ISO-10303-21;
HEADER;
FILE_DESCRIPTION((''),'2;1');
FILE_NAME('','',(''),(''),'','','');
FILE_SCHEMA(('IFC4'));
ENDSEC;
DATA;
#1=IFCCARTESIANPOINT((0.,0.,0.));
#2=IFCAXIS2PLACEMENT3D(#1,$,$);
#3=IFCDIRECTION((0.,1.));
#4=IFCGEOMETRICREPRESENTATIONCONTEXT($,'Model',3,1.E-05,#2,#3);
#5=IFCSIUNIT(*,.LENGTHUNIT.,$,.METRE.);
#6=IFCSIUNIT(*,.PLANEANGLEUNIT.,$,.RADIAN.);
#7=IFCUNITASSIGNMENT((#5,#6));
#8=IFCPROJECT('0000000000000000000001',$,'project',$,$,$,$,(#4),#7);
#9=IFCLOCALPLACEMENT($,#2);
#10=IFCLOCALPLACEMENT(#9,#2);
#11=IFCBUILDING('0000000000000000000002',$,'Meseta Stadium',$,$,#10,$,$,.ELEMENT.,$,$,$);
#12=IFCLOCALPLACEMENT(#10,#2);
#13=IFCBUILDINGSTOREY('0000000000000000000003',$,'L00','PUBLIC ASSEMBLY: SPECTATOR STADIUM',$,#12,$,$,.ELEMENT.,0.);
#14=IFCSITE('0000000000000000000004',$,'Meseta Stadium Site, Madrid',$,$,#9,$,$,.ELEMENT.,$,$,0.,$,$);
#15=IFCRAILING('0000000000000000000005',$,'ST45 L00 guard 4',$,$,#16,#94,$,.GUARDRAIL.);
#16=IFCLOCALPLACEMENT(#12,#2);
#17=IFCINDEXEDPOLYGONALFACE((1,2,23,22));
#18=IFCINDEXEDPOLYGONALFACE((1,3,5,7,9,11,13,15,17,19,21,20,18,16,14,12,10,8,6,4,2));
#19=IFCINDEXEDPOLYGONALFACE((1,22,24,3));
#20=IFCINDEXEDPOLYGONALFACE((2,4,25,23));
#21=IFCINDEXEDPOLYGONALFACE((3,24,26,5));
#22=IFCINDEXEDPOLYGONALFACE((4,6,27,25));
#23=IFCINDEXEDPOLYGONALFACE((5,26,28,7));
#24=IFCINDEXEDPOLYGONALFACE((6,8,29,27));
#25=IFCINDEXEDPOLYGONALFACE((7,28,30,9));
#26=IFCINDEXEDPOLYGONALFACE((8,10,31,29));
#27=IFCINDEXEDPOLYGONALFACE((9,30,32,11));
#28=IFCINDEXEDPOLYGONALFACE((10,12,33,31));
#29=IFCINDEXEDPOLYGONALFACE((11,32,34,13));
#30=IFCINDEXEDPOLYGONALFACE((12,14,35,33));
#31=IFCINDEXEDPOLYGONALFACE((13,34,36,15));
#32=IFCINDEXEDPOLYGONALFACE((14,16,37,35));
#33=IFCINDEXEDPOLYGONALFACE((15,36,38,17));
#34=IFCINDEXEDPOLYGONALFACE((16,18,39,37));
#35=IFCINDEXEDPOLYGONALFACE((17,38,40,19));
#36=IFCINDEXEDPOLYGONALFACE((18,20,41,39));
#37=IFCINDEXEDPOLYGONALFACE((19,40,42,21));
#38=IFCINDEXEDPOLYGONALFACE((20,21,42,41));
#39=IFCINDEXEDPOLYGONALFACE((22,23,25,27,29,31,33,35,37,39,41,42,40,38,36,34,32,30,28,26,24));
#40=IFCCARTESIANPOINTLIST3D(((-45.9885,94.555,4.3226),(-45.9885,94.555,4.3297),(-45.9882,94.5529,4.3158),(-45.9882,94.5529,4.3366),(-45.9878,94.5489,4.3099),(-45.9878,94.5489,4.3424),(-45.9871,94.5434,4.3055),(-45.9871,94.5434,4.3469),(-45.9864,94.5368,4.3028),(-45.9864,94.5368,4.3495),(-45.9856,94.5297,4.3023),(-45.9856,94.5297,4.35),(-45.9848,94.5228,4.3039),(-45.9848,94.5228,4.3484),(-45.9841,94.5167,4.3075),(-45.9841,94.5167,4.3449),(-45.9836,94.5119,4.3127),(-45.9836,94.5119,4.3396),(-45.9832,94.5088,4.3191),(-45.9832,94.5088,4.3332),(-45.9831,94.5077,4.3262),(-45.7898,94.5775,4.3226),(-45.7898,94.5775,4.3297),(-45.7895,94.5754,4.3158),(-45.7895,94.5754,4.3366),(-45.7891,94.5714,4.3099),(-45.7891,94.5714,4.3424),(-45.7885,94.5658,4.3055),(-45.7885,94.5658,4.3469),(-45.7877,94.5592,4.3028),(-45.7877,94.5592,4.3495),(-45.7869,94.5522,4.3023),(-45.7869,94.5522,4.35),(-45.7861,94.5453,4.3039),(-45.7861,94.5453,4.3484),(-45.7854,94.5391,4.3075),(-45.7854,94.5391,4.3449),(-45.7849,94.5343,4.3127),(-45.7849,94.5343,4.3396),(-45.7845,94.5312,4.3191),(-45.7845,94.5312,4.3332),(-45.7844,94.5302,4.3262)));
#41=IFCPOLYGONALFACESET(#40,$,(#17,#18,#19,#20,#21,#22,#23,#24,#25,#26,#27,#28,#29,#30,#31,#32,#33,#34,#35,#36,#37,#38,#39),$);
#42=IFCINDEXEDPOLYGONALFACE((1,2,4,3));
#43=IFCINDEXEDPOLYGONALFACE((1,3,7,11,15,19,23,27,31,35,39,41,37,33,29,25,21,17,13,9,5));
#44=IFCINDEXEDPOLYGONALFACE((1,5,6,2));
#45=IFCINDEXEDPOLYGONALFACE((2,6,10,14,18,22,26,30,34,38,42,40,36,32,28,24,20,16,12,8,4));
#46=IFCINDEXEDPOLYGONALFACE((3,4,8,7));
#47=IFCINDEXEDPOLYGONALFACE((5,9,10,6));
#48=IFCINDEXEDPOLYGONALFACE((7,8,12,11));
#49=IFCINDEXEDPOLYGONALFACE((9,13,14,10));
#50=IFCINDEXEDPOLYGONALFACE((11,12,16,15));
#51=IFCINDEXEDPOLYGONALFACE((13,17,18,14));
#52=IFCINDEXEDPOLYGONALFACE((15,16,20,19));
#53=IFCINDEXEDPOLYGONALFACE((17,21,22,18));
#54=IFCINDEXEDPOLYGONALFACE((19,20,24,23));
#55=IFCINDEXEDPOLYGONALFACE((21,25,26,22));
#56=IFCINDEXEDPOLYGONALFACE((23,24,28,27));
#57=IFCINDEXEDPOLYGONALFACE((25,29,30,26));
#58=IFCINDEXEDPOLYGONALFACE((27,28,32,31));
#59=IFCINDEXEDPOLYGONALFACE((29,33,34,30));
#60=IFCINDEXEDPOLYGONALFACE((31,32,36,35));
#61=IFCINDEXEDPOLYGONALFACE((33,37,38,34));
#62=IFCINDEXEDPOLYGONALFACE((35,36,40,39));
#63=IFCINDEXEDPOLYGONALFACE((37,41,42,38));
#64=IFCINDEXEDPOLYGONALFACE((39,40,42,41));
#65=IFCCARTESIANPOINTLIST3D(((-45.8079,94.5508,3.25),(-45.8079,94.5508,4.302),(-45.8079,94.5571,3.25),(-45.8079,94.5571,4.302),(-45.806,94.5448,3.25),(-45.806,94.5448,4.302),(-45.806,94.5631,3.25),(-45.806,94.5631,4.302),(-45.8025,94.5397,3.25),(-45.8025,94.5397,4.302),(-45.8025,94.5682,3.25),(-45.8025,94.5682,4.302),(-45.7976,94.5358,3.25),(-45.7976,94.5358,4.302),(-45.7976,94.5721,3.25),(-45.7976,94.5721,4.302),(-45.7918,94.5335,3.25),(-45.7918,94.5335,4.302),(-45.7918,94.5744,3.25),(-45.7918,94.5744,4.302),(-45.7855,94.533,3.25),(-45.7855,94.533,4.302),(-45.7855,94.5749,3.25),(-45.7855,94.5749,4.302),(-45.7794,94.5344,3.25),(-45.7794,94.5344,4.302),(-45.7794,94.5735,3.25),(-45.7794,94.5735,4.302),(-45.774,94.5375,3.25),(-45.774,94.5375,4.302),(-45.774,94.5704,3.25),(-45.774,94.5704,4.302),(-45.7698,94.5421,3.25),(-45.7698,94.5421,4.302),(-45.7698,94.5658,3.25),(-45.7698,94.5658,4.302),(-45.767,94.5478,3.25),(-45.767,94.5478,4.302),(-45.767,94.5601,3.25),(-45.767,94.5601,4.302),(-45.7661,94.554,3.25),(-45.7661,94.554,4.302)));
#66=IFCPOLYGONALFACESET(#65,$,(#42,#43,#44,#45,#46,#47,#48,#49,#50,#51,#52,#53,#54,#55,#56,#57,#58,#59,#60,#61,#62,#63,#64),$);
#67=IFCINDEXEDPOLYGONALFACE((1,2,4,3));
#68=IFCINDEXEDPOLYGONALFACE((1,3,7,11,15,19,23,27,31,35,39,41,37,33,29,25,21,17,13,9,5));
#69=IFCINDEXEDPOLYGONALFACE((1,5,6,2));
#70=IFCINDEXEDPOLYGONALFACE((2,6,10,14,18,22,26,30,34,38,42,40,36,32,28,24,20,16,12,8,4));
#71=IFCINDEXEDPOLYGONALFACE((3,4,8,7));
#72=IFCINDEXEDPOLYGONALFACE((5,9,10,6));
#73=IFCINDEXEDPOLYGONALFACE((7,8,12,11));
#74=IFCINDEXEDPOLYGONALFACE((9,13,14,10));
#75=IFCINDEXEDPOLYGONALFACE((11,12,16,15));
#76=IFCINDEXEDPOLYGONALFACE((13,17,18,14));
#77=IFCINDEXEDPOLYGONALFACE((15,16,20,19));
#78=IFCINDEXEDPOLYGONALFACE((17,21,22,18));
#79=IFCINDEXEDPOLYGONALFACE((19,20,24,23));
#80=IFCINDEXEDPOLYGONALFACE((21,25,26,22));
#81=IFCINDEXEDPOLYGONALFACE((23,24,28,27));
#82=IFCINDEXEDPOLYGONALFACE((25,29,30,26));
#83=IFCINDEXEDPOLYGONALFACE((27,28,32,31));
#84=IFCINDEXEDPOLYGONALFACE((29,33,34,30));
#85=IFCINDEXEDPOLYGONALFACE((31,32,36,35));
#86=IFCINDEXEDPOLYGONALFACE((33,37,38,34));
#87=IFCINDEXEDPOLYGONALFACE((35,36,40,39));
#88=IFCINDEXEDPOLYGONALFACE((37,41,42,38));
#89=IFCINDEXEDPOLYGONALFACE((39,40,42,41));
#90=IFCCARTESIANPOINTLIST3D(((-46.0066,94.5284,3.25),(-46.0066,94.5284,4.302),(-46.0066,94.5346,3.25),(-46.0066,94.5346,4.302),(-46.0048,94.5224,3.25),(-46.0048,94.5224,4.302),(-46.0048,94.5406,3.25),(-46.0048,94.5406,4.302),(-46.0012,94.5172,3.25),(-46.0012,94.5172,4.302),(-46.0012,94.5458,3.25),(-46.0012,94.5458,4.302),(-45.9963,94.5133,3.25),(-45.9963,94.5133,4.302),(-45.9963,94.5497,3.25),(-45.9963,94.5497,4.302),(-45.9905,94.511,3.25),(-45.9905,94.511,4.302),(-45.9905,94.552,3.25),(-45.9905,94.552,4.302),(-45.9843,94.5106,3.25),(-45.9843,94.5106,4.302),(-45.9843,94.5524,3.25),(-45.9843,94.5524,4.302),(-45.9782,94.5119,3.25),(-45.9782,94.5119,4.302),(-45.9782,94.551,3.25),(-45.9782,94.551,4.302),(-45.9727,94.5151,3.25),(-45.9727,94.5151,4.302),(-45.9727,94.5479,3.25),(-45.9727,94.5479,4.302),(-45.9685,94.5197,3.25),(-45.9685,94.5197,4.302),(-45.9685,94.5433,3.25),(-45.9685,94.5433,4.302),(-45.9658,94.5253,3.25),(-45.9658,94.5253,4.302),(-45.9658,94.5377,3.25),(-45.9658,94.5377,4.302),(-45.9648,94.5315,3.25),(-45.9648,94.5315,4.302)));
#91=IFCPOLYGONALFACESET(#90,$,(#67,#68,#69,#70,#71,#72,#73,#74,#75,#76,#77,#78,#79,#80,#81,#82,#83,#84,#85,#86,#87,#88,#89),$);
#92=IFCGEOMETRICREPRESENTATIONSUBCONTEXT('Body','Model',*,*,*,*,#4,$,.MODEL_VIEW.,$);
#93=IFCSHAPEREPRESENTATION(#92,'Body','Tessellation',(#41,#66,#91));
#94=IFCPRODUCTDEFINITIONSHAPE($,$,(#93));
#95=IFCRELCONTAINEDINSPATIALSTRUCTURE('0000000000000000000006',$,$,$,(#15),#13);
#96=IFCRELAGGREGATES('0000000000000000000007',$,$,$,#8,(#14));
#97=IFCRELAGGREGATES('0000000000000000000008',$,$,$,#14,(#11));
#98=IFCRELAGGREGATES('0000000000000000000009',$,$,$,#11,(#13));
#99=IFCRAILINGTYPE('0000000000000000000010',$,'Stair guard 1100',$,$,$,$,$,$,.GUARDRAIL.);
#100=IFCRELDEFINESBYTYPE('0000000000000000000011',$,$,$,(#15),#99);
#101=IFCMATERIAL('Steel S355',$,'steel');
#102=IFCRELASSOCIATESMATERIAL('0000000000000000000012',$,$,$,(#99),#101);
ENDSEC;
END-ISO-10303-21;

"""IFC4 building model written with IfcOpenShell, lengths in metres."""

from ifc_helpers import new_model, si_unit, direction, frame, origin, origin_2d, place, context, subcontext, project, spatial, circle, extrude, material, type_object, element, save


model = new_model("IFC4")

# Units and contexts
model_context = context("Model", 3, precision=1e-05, world=origin(), true_north=direction((0.0, 1.0)))
body_context = subcontext(model_context, "Body", "Model", "MODEL_VIEW")
ifc_project = project(units=[si_unit("LENGTHUNIT", "METRE"), si_unit("PLANEANGLEUNIT", "RADIAN")], contexts=[model_context])

# Site, building, storey
site_placement = place(None, origin())
site = spatial("IfcSite", under=ifc_project, at=site_placement, Name="Meseta Stadium Site, Madrid", CompositionType="ELEMENT", RefElevation=0.0)
building_placement = place(site_placement, origin())
building = spatial("IfcBuilding", under=site, at=building_placement, Name="Meseta Stadium", CompositionType="ELEMENT")
storey_placement = place(building_placement, origin())
storey = spatial("IfcBuildingStorey", under=building, at=storey_placement, Name="L00", Description="PUBLIC ASSEMBLY: SPECTATOR STADIUM", CompositionType="ELEMENT", Elevation=0.0)

# Railing
ifc_material_1 = material(Name="Steel S355", Category="steel")
railing_type_1 = type_object("IfcRailingType", Name="Stair guard 1100", PredefinedType="GUARDRAIL", material=ifc_material_1)
railing_1_placement = place(storey_placement, frame((-45.7871, 94.554, 3.25)))
element("IfcRailing", 1, at=railing_1_placement, inside=storey, type_object=railing_type_1, Name="ST45 L00 guard 4", PredefinedType="GUARDRAIL", context=body_context, shape_type="SweptSolid", body=[
    extrude(circle(Radius=0.0239, at=origin_2d()), frame((0.0, 0.0, 1.0762), z_axis=(-0.993674, -0.112307, 0.0), x_axis=(0.112307, -0.993674, 0.0)), (0.0, 0.0, 1.0), 0.2),
    extrude(circle(Radius=0.021, at=origin_2d()), origin(), (0.0, 0.0, 1.0), 1.052),
    extrude(circle(Radius=0.021, at=origin_2d()), frame((-0.1987, -0.0225, 0.0)), (0.0, 0.0, 1.0), 1.052),
])

save(model, "model.ifc")
